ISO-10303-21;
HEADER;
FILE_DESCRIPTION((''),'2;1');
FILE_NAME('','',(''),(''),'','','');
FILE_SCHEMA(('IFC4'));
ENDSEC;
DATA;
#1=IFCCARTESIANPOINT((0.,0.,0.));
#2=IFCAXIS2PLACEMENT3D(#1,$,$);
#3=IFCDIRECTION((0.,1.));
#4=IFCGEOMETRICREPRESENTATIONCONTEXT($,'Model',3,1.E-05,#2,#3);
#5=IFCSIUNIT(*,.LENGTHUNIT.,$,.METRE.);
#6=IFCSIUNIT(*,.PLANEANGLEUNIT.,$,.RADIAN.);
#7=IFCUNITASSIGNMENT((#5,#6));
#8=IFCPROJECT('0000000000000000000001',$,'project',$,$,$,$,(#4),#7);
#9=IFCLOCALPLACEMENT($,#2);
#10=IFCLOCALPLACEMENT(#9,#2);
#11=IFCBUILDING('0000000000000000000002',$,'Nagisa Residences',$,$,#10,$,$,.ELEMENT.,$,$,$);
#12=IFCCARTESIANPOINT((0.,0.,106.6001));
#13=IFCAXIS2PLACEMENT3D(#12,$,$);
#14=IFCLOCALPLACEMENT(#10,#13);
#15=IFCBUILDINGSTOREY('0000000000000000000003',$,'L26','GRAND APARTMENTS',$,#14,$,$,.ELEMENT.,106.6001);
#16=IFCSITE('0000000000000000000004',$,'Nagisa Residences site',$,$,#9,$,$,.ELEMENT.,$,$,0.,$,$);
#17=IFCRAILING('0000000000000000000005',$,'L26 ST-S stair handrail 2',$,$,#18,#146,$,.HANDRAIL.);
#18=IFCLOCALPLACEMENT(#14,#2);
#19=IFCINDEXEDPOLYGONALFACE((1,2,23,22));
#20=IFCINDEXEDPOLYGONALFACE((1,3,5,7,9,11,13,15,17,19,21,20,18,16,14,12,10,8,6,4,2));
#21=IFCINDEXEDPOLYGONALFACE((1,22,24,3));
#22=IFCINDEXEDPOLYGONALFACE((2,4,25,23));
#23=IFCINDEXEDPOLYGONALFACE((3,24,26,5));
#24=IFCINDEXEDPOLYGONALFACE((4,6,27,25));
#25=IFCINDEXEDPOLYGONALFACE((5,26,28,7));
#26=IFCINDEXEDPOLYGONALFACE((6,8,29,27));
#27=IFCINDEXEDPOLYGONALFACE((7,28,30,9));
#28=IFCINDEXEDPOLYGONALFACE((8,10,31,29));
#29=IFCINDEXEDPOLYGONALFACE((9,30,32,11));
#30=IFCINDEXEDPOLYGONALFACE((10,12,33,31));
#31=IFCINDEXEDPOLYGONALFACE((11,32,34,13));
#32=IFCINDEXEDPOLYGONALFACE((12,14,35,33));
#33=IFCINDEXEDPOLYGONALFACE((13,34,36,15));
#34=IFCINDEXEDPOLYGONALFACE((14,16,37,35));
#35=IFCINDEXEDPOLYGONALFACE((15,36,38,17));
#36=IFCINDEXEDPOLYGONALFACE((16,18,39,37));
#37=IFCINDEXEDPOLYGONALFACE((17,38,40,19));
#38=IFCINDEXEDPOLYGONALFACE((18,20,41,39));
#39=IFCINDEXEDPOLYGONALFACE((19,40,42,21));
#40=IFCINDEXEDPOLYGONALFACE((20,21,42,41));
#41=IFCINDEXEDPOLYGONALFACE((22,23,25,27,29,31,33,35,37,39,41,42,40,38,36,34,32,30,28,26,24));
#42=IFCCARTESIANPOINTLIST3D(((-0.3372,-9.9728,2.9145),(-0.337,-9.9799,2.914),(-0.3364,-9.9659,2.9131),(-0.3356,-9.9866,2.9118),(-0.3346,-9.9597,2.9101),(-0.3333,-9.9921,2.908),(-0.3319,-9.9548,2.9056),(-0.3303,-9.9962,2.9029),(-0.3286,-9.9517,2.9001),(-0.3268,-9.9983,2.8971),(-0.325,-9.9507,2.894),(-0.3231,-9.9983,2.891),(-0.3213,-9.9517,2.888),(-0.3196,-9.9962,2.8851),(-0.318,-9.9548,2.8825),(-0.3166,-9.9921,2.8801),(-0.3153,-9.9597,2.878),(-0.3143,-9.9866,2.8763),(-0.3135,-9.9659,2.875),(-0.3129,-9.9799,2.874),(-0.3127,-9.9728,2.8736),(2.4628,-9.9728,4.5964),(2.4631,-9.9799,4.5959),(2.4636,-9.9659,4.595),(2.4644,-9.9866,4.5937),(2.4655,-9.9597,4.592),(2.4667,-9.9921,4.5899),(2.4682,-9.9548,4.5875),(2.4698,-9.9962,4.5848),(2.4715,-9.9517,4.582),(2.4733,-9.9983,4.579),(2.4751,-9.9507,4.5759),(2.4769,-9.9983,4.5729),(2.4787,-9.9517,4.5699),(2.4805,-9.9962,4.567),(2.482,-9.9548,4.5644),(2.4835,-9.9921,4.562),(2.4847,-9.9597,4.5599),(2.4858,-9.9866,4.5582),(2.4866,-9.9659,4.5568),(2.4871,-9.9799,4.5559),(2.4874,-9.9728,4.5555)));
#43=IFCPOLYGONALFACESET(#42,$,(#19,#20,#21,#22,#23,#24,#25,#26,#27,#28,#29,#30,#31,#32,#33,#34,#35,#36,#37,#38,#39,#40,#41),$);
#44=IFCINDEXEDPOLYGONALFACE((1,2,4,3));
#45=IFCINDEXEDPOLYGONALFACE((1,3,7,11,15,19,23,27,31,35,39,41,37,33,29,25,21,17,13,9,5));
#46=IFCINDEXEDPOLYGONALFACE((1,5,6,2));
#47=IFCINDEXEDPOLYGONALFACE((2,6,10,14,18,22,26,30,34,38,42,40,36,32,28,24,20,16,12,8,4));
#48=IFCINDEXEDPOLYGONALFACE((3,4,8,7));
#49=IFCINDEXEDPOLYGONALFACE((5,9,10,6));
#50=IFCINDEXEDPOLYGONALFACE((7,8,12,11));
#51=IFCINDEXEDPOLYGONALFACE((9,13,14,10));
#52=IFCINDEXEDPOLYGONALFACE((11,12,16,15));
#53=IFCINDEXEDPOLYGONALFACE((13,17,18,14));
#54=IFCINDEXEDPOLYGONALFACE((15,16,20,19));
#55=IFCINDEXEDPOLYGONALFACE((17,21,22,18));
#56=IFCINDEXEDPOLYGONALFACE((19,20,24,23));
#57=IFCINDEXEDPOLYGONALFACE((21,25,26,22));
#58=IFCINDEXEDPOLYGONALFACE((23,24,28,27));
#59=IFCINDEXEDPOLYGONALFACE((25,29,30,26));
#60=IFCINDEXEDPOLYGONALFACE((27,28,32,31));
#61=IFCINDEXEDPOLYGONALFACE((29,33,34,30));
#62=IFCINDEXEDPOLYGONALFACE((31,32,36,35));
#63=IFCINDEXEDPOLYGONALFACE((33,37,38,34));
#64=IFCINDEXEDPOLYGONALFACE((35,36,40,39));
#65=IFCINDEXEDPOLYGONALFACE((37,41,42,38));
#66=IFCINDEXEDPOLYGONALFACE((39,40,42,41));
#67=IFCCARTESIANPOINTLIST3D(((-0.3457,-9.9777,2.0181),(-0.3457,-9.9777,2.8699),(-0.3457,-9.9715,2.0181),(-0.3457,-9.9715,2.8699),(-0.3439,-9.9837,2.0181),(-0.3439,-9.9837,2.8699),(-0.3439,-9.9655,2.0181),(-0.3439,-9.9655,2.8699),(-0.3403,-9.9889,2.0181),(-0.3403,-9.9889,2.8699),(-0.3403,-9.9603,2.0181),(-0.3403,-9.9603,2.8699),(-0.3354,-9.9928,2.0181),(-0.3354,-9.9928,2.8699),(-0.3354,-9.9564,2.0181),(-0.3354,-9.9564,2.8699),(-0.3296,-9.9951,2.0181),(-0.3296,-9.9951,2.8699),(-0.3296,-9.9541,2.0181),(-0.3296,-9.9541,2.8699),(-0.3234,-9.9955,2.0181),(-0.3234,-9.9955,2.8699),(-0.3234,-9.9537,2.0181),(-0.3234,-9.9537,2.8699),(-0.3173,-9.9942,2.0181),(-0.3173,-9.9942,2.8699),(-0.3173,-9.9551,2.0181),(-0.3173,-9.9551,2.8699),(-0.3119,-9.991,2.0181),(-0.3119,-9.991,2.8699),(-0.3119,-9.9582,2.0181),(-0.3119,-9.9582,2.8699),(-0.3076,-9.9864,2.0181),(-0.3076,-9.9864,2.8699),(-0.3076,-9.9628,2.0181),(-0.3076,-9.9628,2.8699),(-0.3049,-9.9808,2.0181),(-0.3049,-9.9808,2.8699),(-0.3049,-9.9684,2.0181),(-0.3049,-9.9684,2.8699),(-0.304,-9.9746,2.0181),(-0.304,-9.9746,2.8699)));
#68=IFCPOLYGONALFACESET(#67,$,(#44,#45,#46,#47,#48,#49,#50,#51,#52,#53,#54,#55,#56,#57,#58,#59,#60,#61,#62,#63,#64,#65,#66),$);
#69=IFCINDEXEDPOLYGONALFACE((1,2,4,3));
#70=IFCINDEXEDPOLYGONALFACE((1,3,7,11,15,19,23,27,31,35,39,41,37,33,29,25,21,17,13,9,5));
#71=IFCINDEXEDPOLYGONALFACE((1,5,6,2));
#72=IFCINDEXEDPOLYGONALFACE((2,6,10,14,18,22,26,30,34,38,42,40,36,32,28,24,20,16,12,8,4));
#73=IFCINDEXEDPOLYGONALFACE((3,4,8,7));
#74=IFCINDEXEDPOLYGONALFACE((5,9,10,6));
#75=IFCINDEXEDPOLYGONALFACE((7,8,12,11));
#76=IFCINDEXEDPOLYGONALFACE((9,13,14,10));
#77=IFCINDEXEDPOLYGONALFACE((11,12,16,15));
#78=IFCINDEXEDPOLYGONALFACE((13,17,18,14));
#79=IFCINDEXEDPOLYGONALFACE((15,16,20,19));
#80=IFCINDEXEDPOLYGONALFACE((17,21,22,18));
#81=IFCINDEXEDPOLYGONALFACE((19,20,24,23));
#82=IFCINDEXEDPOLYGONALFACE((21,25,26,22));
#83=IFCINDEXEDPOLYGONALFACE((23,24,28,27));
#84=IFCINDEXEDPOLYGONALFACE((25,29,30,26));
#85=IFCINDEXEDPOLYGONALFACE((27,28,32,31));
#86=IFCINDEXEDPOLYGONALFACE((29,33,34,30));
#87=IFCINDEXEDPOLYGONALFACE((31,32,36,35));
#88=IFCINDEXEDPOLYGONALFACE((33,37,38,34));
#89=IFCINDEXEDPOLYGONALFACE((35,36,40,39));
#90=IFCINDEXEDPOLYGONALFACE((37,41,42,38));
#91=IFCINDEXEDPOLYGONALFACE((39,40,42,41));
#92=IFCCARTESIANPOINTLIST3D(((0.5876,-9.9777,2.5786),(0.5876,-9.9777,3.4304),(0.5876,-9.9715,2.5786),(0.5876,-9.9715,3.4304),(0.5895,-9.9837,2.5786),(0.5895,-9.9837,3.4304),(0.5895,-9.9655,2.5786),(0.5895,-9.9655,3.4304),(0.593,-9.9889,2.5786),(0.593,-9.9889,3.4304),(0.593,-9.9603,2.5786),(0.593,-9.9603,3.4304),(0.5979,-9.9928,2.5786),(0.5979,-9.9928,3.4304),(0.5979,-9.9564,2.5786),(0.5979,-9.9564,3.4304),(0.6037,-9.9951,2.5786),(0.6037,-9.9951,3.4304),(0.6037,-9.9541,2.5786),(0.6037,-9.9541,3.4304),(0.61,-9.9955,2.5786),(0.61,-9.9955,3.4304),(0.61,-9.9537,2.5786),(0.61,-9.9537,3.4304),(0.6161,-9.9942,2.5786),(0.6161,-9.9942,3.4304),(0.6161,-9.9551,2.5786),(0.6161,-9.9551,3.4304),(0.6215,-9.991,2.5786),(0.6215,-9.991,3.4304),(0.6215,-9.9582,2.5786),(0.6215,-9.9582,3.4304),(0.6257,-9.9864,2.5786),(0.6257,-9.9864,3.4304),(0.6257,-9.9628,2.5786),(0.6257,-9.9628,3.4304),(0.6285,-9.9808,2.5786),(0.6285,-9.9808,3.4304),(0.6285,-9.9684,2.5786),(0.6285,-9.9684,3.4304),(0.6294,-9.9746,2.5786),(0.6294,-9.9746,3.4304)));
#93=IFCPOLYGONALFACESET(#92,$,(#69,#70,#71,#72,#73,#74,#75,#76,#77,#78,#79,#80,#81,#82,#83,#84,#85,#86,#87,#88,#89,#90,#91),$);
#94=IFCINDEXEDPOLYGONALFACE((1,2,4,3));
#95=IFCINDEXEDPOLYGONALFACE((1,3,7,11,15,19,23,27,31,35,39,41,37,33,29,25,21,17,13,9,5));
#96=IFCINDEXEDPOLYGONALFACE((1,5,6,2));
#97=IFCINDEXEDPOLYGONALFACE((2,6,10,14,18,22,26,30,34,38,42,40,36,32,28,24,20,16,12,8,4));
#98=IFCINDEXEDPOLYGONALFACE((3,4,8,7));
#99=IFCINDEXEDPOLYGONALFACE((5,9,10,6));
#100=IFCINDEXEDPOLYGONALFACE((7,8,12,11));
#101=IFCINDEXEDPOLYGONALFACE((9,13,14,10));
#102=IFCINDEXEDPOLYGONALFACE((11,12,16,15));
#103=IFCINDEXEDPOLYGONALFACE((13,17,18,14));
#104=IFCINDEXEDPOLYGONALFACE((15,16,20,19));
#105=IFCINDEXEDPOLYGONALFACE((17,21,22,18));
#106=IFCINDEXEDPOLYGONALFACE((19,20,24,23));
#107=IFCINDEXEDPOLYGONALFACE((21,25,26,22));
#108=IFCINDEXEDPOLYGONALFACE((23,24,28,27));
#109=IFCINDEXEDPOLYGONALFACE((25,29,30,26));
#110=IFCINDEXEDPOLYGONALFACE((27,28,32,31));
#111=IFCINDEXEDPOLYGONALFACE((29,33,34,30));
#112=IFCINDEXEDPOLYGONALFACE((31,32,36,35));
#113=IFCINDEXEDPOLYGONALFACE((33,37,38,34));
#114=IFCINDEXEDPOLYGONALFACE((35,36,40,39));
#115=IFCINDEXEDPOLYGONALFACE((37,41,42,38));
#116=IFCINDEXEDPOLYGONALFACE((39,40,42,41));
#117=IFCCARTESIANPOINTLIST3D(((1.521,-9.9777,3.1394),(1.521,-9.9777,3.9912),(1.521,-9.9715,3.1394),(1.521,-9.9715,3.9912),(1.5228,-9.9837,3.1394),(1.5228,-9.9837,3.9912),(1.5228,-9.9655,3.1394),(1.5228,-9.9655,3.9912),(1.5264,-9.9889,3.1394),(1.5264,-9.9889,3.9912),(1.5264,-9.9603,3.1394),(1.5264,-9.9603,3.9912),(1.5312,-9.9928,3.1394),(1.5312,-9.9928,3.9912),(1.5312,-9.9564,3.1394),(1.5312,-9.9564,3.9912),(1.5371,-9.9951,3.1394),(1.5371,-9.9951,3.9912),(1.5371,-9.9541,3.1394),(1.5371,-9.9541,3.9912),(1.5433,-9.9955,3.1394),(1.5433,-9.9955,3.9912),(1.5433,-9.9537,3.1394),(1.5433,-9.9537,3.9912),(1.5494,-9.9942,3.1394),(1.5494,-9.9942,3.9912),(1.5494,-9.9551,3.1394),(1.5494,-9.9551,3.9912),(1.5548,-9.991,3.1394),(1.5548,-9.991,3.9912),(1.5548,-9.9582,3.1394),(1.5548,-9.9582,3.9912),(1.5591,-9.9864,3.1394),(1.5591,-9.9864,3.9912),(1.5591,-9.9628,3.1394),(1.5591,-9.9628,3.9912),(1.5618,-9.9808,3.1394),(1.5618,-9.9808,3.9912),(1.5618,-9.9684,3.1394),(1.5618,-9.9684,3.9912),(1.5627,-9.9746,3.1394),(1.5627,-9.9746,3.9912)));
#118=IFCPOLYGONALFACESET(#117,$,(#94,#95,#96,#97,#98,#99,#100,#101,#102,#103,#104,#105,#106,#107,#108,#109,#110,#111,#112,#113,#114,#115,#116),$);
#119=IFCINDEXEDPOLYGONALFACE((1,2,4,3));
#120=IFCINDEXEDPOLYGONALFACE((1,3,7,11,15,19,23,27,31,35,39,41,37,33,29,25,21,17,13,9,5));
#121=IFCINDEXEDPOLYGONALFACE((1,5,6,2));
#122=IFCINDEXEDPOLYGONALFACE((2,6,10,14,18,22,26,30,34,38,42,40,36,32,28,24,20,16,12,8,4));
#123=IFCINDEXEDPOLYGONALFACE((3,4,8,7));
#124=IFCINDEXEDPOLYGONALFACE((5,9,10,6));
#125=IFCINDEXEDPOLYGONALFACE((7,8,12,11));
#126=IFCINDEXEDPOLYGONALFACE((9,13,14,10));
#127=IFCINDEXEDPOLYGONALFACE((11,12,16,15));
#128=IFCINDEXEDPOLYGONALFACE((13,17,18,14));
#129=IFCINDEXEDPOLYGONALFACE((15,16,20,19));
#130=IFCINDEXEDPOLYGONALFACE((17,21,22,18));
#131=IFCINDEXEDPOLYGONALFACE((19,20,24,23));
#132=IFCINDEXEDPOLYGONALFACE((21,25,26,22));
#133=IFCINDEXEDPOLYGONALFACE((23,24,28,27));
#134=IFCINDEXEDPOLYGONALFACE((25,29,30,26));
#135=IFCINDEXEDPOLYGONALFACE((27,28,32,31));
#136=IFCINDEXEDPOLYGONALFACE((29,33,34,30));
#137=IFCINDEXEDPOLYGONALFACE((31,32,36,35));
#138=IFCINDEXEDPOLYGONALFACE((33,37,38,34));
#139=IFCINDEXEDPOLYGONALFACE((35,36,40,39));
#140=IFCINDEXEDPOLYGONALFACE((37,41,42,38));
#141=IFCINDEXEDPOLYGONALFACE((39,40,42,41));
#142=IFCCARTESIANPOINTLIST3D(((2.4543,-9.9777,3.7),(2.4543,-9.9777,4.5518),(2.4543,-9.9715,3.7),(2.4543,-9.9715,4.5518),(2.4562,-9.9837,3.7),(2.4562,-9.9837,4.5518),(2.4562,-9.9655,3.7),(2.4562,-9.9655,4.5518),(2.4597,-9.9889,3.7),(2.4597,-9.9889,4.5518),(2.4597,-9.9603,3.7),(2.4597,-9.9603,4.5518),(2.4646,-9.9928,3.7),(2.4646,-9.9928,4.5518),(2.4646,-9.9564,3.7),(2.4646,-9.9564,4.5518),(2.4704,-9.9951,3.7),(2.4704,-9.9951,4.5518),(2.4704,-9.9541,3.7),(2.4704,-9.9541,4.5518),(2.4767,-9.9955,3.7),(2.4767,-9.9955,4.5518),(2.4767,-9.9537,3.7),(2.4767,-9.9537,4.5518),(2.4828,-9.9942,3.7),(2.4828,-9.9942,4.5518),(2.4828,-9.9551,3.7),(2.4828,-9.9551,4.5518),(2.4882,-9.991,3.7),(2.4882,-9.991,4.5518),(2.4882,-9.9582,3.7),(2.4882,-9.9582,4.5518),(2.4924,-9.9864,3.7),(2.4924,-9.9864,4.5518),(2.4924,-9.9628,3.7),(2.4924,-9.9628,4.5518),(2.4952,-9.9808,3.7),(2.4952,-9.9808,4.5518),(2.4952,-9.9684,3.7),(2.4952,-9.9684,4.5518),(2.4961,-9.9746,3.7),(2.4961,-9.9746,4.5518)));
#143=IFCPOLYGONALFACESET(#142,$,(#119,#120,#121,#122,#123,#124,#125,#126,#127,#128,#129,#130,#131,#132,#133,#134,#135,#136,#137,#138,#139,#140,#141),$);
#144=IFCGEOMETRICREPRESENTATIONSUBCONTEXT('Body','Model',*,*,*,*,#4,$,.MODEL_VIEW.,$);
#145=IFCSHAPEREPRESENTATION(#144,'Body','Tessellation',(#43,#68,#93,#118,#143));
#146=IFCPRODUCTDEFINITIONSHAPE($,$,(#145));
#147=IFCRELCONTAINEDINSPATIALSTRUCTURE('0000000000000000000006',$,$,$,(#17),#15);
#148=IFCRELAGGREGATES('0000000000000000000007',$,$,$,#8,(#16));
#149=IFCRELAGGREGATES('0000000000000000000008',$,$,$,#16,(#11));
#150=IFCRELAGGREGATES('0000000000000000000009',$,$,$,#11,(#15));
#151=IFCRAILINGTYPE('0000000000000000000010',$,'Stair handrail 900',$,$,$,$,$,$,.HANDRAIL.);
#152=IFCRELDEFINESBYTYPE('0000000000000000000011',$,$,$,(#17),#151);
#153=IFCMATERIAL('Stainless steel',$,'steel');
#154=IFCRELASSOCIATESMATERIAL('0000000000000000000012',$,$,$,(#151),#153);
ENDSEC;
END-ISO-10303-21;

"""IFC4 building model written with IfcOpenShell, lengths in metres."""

from ifc_helpers import new_model, si_unit, direction, frame, origin, origin_2d, place, context, subcontext, project, spatial, circle, extrude, material, type_object, element, save


model = new_model("IFC4")

# Units and contexts
model_context = context("Model", 3, precision=1e-05, world=origin(), true_north=direction((0.0, 1.0)))
body_context = subcontext(model_context, "Body", "Model", "MODEL_VIEW")
ifc_project = project(units=[si_unit("LENGTHUNIT", "METRE"), si_unit("PLANEANGLEUNIT", "RADIAN")], contexts=[model_context])

# Site, building, storey
site_placement = place(None, origin())
site = spatial("IfcSite", under=ifc_project, at=site_placement, Name="Nagisa Residences site", CompositionType="ELEMENT", RefElevation=0.0)
building_placement = place(site_placement, origin())
building = spatial("IfcBuilding", under=site, at=building_placement, Name="Nagisa Residences", CompositionType="ELEMENT")
storey_placement = place(building_placement, frame((0.0, 0.0, 106.6001)))
storey = spatial("IfcBuildingStorey", under=building, at=storey_placement, Name="L26", Description="GRAND APARTMENTS", CompositionType="ELEMENT", Elevation=106.6001)

# Railing
ifc_material_1 = material(Name="Stainless steel", Category="steel")
railing_type = type_object("IfcRailingType", Name="Stair handrail 900", PredefinedType="HANDRAIL", material=ifc_material_1)
railing_placement = place(storey_placement, frame((-0.325, -9.9746, 2.0181)))
element("IfcRailing", 1, at=railing_placement, inside=storey, type_object=railing_type, Name="L26 ST-S stair handrail 2", PredefinedType="HANDRAIL", context=body_context, shape_type="SweptSolid", body=[
    extrude(circle(Radius=0.0239, at=origin_2d()), frame((0.0, 0.0, 0.876), z_axis=(0.857242, 0.0, 0.514913), x_axis=(0.0, 1.0, 0.0)), (0.0, 0.0, 1.0), 3.2664),
    extrude(circle(Radius=0.021, at=origin_2d()), origin(), (0.0, 0.0, 1.0), 0.8518),
    extrude(circle(Radius=0.021, at=origin_2d()), frame((0.9333, 0.0, 0.5605)), (0.0, 0.0, 1.0), 0.8518),
    extrude(circle(Radius=0.021, at=origin_2d()), frame((1.8667, 0.0, 1.1213)), (0.0, 0.0, 1.0), 0.8518),
    extrude(circle(Radius=0.021, at=origin_2d()), frame((2.8, 0.0, 1.6819)), (0.0, 0.0, 1.0), 0.8518),
])

save(model, "model.ifc")
